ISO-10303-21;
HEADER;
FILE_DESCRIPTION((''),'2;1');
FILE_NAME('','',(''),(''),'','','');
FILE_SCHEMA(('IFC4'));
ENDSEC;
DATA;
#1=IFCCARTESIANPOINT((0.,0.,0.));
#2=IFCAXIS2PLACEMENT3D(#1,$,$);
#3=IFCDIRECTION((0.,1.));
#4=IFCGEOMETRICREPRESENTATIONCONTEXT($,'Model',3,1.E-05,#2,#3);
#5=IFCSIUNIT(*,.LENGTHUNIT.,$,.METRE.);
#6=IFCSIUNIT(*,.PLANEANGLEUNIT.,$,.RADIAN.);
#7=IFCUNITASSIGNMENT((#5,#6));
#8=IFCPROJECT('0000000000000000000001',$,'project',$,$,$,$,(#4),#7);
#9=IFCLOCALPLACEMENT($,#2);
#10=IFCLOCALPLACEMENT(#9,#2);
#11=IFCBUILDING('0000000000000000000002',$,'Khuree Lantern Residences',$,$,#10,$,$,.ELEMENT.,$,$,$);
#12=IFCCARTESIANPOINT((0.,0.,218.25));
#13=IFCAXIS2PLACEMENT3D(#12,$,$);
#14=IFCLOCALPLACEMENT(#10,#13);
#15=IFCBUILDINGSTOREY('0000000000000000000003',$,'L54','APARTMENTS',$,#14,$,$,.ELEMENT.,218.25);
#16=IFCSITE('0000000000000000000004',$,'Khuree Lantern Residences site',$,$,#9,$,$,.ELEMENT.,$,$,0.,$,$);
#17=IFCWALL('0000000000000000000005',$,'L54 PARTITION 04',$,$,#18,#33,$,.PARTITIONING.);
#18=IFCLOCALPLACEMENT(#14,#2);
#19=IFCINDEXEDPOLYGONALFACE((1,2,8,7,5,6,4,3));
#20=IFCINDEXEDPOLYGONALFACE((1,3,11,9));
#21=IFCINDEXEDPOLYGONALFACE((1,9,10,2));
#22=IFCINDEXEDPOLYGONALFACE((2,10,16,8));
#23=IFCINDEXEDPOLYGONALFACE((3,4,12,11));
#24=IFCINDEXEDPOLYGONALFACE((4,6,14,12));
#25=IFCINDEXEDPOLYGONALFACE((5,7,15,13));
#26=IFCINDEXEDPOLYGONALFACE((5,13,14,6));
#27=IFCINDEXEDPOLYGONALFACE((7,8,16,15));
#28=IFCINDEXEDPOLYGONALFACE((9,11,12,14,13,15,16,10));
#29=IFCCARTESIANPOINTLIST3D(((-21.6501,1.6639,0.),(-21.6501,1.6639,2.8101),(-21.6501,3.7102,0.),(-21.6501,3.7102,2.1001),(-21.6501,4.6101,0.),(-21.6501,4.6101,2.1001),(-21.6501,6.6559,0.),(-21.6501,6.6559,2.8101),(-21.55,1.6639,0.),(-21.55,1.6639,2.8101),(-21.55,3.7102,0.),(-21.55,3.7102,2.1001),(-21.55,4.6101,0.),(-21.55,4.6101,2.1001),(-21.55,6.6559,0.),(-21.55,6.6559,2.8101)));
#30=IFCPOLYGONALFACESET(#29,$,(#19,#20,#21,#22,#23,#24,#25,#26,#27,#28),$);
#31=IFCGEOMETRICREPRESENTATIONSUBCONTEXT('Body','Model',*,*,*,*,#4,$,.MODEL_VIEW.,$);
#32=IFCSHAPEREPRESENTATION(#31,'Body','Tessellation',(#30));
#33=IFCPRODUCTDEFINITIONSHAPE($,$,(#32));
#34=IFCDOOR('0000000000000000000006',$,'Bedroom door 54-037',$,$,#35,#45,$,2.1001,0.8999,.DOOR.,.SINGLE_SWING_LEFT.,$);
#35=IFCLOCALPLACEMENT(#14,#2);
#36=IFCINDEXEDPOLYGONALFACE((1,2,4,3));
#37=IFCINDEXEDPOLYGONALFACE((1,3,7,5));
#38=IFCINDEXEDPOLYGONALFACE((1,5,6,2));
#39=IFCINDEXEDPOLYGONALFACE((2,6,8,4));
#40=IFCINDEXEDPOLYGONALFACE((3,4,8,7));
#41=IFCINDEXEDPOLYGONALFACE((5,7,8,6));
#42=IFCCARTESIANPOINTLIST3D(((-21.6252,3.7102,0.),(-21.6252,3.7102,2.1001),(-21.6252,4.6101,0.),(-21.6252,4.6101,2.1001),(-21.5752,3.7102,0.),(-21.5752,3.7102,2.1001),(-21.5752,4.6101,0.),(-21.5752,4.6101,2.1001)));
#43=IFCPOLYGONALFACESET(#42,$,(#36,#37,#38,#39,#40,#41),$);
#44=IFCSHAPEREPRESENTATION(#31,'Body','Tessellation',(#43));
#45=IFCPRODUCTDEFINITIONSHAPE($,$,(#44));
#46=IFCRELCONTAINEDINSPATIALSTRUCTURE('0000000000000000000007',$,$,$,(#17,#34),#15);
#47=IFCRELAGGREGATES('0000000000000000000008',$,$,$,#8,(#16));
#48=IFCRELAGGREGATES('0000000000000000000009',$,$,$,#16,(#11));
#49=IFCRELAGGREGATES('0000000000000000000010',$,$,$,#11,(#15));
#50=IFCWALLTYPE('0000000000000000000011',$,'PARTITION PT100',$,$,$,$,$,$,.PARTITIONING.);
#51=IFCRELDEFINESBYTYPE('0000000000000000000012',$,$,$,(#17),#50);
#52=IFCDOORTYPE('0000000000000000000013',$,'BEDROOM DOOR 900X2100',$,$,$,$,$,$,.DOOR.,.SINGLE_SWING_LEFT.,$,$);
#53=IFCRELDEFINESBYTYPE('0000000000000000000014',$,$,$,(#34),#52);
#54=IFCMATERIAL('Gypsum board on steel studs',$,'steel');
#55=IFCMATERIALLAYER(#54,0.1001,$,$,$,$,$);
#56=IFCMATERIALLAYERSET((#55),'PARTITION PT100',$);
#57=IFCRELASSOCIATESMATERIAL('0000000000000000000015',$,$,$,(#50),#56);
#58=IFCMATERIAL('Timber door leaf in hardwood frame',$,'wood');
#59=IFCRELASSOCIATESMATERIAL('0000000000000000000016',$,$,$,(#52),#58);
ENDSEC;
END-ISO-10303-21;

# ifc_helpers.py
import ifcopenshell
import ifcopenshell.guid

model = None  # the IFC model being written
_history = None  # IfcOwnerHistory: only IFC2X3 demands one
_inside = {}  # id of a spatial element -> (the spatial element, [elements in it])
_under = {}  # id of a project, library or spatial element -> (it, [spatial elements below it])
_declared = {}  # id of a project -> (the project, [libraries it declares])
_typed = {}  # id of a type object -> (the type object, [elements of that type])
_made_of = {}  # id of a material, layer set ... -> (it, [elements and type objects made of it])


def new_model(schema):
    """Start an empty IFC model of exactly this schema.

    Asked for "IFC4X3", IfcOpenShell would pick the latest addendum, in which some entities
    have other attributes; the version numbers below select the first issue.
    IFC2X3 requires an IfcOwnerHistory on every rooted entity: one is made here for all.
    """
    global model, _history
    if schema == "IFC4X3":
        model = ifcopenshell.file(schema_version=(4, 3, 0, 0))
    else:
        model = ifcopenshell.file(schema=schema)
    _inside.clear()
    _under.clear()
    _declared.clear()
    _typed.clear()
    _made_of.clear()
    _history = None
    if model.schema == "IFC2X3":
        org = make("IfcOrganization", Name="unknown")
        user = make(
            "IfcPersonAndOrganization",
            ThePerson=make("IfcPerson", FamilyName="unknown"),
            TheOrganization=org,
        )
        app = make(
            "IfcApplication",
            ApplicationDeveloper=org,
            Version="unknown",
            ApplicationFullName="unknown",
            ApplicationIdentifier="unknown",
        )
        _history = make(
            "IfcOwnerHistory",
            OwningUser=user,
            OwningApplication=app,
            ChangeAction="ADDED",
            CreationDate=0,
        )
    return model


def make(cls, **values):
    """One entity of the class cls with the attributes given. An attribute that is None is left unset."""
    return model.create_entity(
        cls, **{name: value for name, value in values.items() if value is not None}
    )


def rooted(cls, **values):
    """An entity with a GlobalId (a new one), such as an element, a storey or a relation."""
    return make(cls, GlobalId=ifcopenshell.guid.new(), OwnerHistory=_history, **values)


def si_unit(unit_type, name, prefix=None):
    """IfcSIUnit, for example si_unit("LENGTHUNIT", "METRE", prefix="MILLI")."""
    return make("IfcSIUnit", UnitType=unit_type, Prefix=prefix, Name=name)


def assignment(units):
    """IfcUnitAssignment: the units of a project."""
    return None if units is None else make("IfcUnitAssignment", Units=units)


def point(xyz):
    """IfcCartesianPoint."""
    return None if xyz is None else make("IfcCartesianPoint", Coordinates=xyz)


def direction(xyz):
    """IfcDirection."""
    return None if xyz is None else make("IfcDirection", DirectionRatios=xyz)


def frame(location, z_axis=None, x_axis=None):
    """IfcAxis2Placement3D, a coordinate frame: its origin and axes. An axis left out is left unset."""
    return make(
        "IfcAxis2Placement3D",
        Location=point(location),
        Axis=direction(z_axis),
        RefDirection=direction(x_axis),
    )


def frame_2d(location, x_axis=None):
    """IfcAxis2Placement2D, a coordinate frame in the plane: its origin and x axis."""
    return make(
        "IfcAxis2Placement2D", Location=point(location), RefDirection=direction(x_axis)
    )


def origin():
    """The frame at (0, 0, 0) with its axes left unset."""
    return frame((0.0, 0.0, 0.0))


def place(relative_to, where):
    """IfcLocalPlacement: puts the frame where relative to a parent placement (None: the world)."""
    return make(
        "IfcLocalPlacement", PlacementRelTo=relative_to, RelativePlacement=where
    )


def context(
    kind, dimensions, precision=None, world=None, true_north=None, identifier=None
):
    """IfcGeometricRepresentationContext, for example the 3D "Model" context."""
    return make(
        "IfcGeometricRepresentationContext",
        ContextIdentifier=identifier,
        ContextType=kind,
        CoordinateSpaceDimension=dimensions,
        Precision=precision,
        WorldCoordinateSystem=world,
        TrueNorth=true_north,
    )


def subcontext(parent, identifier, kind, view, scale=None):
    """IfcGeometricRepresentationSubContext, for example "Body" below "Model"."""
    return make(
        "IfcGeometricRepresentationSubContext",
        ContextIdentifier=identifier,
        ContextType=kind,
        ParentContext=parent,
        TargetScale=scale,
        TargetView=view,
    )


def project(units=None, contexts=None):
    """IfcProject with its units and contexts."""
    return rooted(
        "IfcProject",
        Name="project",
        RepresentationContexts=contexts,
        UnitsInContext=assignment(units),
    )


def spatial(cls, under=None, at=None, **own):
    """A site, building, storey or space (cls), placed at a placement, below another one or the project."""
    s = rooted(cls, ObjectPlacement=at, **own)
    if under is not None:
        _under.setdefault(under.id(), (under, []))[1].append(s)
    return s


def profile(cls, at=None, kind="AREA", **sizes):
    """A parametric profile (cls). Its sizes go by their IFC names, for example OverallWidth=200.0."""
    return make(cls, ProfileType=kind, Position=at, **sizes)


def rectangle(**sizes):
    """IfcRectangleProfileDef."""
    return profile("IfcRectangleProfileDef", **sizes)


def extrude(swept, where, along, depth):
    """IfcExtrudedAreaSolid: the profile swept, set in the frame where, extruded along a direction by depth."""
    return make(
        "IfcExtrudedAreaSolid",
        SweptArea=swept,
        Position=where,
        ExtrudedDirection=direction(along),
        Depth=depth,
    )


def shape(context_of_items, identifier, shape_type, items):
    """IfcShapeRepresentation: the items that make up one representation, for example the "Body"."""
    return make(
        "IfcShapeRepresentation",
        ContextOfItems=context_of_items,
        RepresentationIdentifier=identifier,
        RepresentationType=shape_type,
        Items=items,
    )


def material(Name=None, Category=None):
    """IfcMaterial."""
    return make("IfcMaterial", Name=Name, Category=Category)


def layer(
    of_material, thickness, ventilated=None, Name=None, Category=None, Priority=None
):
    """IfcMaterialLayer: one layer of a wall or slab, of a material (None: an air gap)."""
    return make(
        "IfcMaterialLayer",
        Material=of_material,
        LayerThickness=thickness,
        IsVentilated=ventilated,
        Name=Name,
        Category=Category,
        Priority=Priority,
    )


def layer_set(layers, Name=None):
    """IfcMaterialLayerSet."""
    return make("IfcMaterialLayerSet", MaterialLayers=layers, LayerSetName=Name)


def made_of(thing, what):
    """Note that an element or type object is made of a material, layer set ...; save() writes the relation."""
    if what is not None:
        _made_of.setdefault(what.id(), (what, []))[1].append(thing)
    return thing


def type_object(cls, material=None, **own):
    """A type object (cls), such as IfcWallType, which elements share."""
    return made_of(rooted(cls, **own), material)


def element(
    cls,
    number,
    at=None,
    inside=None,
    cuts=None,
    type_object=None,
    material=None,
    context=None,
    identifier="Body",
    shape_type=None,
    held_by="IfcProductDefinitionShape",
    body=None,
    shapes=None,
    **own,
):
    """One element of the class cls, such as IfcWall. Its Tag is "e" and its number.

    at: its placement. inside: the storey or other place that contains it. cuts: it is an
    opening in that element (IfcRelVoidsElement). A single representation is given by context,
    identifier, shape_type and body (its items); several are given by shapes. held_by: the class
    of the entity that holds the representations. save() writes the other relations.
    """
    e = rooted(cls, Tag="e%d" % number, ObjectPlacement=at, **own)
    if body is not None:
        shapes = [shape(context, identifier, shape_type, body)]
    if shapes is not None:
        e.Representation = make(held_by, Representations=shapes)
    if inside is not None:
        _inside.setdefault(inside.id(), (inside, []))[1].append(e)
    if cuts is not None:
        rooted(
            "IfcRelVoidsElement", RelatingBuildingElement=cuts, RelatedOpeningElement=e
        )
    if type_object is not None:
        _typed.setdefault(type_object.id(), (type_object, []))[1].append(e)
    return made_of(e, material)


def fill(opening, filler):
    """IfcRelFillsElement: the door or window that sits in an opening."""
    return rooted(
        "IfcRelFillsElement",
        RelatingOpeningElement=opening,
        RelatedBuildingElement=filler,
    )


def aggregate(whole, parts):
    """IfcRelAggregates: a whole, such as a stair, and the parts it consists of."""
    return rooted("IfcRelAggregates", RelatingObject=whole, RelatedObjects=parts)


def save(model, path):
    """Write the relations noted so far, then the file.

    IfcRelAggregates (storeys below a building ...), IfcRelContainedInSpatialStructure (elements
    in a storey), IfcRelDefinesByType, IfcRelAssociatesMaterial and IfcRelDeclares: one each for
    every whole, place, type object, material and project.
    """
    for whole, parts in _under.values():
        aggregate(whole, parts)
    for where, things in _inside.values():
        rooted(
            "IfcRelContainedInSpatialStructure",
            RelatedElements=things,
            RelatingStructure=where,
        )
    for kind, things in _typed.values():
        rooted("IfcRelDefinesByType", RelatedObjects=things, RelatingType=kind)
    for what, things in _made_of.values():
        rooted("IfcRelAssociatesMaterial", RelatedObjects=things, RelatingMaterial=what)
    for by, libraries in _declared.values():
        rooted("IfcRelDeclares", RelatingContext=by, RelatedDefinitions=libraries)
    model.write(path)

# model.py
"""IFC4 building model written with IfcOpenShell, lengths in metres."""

from ifc_helpers import new_model, si_unit, direction, frame, frame_2d, origin, place, context, subcontext, project, spatial, rectangle, extrude, material, layer, layer_set, type_object, element, fill, save


model = new_model("IFC4")

# Units and contexts
model_context = context("Model", 3, precision=1e-05, world=origin(), true_north=direction((0.0, 1.0)))
body_context = subcontext(model_context, "Body", "Model", "MODEL_VIEW")
ifc_project = project(units=[si_unit("LENGTHUNIT", "METRE"), si_unit("PLANEANGLEUNIT", "RADIAN")], contexts=[model_context])

# Site, building, storey
site_placement = place(None, origin())
site = spatial("IfcSite", under=ifc_project, at=site_placement, Name="Khuree Lantern Residences site", CompositionType="ELEMENT", RefElevation=0.0)
building_placement = place(site_placement, origin())
building = spatial("IfcBuilding", under=site, at=building_placement, Name="Khuree Lantern Residences", CompositionType="ELEMENT")
storey_placement = place(building_placement, frame((0.0, 0.0, 218.25)))
storey = spatial("IfcBuildingStorey", under=building, at=storey_placement, Name="L54", Description="APARTMENTS", CompositionType="ELEMENT", Elevation=218.25)

# Shared definitions
ifc_material_1 = material(Name="Timber door leaf in hardwood frame", Category="wood")

# Shared definitions
ifc_material_2 = material(Name="Gypsum board on steel studs", Category="steel")
ifc_layer_1 = layer(ifc_material_2, 0.1001)
ifc_layer_set_1 = layer_set([ifc_layer_1], Name="PARTITION PT100")
wall_type_1 = type_object("IfcWallType", Name="PARTITION PT100", PredefinedType="PARTITIONING", material=ifc_layer_set_1)

# Wall, opening, door
wall_1_placement = place(storey_placement, frame((-21.6001, 6.656, 0.0), z_axis=(0.0, 0.0, 1.0), x_axis=(0.0, -1.0, 0.0)))
wall_1 = element("IfcWall", 1, at=wall_1_placement, inside=storey, type_object=wall_type_1, Name="L54 PARTITION 04", PredefinedType="PARTITIONING", context=body_context, shape_type="SweptSolid", body=[
    extrude(rectangle(XDim=4.9919, YDim=0.1001, at=frame_2d((2.4961, 0.0))), origin(), (0.0, 0.0, 1.0), 2.8101),
])
opening_1_placement = place(wall_1_placement, frame((2.0459, 0.0, 0.0)))
opening_1 = element("IfcOpeningElement", 2, at=opening_1_placement, cuts=wall_1, PredefinedType="OPENING", context=body_context, shape_type="SweptSolid", body=[
    extrude(rectangle(XDim=0.8999, YDim=2.1001, at=frame_2d((0.45, 1.05))), frame((0.0, 0.0601, 0.0), z_axis=(0.0, -1.0, 0.0), x_axis=(1.0, 0.0, 0.0)), (0.0, 0.0, 1.0), 0.1201),
])
door_type_1 = type_object("IfcDoorType", Name="BEDROOM DOOR 900X2100", OperationType="SINGLE_SWING_LEFT", PredefinedType="DOOR", material=ifc_material_1)
door_1_placement = place(opening_1_placement, origin())
door_1 = element("IfcDoor", 3, at=door_1_placement, inside=storey, type_object=door_type_1, Name="Bedroom door 54-037", OperationType="SINGLE_SWING_LEFT", OverallHeight=2.1001, OverallWidth=0.8999, PredefinedType="DOOR", context=body_context, shape_type="SweptSolid", body=[
    extrude(rectangle(XDim=0.8999, YDim=2.1001, at=frame_2d((0.45, 1.05))), frame((0.0, 0.0249, 0.0), z_axis=(0.0, -1.0, 0.0), x_axis=(1.0, 0.0, 0.0)), (0.0, 0.0, 1.0), 0.05),
])
fill(opening_1, door_1)

save(model, "model.ifc")
